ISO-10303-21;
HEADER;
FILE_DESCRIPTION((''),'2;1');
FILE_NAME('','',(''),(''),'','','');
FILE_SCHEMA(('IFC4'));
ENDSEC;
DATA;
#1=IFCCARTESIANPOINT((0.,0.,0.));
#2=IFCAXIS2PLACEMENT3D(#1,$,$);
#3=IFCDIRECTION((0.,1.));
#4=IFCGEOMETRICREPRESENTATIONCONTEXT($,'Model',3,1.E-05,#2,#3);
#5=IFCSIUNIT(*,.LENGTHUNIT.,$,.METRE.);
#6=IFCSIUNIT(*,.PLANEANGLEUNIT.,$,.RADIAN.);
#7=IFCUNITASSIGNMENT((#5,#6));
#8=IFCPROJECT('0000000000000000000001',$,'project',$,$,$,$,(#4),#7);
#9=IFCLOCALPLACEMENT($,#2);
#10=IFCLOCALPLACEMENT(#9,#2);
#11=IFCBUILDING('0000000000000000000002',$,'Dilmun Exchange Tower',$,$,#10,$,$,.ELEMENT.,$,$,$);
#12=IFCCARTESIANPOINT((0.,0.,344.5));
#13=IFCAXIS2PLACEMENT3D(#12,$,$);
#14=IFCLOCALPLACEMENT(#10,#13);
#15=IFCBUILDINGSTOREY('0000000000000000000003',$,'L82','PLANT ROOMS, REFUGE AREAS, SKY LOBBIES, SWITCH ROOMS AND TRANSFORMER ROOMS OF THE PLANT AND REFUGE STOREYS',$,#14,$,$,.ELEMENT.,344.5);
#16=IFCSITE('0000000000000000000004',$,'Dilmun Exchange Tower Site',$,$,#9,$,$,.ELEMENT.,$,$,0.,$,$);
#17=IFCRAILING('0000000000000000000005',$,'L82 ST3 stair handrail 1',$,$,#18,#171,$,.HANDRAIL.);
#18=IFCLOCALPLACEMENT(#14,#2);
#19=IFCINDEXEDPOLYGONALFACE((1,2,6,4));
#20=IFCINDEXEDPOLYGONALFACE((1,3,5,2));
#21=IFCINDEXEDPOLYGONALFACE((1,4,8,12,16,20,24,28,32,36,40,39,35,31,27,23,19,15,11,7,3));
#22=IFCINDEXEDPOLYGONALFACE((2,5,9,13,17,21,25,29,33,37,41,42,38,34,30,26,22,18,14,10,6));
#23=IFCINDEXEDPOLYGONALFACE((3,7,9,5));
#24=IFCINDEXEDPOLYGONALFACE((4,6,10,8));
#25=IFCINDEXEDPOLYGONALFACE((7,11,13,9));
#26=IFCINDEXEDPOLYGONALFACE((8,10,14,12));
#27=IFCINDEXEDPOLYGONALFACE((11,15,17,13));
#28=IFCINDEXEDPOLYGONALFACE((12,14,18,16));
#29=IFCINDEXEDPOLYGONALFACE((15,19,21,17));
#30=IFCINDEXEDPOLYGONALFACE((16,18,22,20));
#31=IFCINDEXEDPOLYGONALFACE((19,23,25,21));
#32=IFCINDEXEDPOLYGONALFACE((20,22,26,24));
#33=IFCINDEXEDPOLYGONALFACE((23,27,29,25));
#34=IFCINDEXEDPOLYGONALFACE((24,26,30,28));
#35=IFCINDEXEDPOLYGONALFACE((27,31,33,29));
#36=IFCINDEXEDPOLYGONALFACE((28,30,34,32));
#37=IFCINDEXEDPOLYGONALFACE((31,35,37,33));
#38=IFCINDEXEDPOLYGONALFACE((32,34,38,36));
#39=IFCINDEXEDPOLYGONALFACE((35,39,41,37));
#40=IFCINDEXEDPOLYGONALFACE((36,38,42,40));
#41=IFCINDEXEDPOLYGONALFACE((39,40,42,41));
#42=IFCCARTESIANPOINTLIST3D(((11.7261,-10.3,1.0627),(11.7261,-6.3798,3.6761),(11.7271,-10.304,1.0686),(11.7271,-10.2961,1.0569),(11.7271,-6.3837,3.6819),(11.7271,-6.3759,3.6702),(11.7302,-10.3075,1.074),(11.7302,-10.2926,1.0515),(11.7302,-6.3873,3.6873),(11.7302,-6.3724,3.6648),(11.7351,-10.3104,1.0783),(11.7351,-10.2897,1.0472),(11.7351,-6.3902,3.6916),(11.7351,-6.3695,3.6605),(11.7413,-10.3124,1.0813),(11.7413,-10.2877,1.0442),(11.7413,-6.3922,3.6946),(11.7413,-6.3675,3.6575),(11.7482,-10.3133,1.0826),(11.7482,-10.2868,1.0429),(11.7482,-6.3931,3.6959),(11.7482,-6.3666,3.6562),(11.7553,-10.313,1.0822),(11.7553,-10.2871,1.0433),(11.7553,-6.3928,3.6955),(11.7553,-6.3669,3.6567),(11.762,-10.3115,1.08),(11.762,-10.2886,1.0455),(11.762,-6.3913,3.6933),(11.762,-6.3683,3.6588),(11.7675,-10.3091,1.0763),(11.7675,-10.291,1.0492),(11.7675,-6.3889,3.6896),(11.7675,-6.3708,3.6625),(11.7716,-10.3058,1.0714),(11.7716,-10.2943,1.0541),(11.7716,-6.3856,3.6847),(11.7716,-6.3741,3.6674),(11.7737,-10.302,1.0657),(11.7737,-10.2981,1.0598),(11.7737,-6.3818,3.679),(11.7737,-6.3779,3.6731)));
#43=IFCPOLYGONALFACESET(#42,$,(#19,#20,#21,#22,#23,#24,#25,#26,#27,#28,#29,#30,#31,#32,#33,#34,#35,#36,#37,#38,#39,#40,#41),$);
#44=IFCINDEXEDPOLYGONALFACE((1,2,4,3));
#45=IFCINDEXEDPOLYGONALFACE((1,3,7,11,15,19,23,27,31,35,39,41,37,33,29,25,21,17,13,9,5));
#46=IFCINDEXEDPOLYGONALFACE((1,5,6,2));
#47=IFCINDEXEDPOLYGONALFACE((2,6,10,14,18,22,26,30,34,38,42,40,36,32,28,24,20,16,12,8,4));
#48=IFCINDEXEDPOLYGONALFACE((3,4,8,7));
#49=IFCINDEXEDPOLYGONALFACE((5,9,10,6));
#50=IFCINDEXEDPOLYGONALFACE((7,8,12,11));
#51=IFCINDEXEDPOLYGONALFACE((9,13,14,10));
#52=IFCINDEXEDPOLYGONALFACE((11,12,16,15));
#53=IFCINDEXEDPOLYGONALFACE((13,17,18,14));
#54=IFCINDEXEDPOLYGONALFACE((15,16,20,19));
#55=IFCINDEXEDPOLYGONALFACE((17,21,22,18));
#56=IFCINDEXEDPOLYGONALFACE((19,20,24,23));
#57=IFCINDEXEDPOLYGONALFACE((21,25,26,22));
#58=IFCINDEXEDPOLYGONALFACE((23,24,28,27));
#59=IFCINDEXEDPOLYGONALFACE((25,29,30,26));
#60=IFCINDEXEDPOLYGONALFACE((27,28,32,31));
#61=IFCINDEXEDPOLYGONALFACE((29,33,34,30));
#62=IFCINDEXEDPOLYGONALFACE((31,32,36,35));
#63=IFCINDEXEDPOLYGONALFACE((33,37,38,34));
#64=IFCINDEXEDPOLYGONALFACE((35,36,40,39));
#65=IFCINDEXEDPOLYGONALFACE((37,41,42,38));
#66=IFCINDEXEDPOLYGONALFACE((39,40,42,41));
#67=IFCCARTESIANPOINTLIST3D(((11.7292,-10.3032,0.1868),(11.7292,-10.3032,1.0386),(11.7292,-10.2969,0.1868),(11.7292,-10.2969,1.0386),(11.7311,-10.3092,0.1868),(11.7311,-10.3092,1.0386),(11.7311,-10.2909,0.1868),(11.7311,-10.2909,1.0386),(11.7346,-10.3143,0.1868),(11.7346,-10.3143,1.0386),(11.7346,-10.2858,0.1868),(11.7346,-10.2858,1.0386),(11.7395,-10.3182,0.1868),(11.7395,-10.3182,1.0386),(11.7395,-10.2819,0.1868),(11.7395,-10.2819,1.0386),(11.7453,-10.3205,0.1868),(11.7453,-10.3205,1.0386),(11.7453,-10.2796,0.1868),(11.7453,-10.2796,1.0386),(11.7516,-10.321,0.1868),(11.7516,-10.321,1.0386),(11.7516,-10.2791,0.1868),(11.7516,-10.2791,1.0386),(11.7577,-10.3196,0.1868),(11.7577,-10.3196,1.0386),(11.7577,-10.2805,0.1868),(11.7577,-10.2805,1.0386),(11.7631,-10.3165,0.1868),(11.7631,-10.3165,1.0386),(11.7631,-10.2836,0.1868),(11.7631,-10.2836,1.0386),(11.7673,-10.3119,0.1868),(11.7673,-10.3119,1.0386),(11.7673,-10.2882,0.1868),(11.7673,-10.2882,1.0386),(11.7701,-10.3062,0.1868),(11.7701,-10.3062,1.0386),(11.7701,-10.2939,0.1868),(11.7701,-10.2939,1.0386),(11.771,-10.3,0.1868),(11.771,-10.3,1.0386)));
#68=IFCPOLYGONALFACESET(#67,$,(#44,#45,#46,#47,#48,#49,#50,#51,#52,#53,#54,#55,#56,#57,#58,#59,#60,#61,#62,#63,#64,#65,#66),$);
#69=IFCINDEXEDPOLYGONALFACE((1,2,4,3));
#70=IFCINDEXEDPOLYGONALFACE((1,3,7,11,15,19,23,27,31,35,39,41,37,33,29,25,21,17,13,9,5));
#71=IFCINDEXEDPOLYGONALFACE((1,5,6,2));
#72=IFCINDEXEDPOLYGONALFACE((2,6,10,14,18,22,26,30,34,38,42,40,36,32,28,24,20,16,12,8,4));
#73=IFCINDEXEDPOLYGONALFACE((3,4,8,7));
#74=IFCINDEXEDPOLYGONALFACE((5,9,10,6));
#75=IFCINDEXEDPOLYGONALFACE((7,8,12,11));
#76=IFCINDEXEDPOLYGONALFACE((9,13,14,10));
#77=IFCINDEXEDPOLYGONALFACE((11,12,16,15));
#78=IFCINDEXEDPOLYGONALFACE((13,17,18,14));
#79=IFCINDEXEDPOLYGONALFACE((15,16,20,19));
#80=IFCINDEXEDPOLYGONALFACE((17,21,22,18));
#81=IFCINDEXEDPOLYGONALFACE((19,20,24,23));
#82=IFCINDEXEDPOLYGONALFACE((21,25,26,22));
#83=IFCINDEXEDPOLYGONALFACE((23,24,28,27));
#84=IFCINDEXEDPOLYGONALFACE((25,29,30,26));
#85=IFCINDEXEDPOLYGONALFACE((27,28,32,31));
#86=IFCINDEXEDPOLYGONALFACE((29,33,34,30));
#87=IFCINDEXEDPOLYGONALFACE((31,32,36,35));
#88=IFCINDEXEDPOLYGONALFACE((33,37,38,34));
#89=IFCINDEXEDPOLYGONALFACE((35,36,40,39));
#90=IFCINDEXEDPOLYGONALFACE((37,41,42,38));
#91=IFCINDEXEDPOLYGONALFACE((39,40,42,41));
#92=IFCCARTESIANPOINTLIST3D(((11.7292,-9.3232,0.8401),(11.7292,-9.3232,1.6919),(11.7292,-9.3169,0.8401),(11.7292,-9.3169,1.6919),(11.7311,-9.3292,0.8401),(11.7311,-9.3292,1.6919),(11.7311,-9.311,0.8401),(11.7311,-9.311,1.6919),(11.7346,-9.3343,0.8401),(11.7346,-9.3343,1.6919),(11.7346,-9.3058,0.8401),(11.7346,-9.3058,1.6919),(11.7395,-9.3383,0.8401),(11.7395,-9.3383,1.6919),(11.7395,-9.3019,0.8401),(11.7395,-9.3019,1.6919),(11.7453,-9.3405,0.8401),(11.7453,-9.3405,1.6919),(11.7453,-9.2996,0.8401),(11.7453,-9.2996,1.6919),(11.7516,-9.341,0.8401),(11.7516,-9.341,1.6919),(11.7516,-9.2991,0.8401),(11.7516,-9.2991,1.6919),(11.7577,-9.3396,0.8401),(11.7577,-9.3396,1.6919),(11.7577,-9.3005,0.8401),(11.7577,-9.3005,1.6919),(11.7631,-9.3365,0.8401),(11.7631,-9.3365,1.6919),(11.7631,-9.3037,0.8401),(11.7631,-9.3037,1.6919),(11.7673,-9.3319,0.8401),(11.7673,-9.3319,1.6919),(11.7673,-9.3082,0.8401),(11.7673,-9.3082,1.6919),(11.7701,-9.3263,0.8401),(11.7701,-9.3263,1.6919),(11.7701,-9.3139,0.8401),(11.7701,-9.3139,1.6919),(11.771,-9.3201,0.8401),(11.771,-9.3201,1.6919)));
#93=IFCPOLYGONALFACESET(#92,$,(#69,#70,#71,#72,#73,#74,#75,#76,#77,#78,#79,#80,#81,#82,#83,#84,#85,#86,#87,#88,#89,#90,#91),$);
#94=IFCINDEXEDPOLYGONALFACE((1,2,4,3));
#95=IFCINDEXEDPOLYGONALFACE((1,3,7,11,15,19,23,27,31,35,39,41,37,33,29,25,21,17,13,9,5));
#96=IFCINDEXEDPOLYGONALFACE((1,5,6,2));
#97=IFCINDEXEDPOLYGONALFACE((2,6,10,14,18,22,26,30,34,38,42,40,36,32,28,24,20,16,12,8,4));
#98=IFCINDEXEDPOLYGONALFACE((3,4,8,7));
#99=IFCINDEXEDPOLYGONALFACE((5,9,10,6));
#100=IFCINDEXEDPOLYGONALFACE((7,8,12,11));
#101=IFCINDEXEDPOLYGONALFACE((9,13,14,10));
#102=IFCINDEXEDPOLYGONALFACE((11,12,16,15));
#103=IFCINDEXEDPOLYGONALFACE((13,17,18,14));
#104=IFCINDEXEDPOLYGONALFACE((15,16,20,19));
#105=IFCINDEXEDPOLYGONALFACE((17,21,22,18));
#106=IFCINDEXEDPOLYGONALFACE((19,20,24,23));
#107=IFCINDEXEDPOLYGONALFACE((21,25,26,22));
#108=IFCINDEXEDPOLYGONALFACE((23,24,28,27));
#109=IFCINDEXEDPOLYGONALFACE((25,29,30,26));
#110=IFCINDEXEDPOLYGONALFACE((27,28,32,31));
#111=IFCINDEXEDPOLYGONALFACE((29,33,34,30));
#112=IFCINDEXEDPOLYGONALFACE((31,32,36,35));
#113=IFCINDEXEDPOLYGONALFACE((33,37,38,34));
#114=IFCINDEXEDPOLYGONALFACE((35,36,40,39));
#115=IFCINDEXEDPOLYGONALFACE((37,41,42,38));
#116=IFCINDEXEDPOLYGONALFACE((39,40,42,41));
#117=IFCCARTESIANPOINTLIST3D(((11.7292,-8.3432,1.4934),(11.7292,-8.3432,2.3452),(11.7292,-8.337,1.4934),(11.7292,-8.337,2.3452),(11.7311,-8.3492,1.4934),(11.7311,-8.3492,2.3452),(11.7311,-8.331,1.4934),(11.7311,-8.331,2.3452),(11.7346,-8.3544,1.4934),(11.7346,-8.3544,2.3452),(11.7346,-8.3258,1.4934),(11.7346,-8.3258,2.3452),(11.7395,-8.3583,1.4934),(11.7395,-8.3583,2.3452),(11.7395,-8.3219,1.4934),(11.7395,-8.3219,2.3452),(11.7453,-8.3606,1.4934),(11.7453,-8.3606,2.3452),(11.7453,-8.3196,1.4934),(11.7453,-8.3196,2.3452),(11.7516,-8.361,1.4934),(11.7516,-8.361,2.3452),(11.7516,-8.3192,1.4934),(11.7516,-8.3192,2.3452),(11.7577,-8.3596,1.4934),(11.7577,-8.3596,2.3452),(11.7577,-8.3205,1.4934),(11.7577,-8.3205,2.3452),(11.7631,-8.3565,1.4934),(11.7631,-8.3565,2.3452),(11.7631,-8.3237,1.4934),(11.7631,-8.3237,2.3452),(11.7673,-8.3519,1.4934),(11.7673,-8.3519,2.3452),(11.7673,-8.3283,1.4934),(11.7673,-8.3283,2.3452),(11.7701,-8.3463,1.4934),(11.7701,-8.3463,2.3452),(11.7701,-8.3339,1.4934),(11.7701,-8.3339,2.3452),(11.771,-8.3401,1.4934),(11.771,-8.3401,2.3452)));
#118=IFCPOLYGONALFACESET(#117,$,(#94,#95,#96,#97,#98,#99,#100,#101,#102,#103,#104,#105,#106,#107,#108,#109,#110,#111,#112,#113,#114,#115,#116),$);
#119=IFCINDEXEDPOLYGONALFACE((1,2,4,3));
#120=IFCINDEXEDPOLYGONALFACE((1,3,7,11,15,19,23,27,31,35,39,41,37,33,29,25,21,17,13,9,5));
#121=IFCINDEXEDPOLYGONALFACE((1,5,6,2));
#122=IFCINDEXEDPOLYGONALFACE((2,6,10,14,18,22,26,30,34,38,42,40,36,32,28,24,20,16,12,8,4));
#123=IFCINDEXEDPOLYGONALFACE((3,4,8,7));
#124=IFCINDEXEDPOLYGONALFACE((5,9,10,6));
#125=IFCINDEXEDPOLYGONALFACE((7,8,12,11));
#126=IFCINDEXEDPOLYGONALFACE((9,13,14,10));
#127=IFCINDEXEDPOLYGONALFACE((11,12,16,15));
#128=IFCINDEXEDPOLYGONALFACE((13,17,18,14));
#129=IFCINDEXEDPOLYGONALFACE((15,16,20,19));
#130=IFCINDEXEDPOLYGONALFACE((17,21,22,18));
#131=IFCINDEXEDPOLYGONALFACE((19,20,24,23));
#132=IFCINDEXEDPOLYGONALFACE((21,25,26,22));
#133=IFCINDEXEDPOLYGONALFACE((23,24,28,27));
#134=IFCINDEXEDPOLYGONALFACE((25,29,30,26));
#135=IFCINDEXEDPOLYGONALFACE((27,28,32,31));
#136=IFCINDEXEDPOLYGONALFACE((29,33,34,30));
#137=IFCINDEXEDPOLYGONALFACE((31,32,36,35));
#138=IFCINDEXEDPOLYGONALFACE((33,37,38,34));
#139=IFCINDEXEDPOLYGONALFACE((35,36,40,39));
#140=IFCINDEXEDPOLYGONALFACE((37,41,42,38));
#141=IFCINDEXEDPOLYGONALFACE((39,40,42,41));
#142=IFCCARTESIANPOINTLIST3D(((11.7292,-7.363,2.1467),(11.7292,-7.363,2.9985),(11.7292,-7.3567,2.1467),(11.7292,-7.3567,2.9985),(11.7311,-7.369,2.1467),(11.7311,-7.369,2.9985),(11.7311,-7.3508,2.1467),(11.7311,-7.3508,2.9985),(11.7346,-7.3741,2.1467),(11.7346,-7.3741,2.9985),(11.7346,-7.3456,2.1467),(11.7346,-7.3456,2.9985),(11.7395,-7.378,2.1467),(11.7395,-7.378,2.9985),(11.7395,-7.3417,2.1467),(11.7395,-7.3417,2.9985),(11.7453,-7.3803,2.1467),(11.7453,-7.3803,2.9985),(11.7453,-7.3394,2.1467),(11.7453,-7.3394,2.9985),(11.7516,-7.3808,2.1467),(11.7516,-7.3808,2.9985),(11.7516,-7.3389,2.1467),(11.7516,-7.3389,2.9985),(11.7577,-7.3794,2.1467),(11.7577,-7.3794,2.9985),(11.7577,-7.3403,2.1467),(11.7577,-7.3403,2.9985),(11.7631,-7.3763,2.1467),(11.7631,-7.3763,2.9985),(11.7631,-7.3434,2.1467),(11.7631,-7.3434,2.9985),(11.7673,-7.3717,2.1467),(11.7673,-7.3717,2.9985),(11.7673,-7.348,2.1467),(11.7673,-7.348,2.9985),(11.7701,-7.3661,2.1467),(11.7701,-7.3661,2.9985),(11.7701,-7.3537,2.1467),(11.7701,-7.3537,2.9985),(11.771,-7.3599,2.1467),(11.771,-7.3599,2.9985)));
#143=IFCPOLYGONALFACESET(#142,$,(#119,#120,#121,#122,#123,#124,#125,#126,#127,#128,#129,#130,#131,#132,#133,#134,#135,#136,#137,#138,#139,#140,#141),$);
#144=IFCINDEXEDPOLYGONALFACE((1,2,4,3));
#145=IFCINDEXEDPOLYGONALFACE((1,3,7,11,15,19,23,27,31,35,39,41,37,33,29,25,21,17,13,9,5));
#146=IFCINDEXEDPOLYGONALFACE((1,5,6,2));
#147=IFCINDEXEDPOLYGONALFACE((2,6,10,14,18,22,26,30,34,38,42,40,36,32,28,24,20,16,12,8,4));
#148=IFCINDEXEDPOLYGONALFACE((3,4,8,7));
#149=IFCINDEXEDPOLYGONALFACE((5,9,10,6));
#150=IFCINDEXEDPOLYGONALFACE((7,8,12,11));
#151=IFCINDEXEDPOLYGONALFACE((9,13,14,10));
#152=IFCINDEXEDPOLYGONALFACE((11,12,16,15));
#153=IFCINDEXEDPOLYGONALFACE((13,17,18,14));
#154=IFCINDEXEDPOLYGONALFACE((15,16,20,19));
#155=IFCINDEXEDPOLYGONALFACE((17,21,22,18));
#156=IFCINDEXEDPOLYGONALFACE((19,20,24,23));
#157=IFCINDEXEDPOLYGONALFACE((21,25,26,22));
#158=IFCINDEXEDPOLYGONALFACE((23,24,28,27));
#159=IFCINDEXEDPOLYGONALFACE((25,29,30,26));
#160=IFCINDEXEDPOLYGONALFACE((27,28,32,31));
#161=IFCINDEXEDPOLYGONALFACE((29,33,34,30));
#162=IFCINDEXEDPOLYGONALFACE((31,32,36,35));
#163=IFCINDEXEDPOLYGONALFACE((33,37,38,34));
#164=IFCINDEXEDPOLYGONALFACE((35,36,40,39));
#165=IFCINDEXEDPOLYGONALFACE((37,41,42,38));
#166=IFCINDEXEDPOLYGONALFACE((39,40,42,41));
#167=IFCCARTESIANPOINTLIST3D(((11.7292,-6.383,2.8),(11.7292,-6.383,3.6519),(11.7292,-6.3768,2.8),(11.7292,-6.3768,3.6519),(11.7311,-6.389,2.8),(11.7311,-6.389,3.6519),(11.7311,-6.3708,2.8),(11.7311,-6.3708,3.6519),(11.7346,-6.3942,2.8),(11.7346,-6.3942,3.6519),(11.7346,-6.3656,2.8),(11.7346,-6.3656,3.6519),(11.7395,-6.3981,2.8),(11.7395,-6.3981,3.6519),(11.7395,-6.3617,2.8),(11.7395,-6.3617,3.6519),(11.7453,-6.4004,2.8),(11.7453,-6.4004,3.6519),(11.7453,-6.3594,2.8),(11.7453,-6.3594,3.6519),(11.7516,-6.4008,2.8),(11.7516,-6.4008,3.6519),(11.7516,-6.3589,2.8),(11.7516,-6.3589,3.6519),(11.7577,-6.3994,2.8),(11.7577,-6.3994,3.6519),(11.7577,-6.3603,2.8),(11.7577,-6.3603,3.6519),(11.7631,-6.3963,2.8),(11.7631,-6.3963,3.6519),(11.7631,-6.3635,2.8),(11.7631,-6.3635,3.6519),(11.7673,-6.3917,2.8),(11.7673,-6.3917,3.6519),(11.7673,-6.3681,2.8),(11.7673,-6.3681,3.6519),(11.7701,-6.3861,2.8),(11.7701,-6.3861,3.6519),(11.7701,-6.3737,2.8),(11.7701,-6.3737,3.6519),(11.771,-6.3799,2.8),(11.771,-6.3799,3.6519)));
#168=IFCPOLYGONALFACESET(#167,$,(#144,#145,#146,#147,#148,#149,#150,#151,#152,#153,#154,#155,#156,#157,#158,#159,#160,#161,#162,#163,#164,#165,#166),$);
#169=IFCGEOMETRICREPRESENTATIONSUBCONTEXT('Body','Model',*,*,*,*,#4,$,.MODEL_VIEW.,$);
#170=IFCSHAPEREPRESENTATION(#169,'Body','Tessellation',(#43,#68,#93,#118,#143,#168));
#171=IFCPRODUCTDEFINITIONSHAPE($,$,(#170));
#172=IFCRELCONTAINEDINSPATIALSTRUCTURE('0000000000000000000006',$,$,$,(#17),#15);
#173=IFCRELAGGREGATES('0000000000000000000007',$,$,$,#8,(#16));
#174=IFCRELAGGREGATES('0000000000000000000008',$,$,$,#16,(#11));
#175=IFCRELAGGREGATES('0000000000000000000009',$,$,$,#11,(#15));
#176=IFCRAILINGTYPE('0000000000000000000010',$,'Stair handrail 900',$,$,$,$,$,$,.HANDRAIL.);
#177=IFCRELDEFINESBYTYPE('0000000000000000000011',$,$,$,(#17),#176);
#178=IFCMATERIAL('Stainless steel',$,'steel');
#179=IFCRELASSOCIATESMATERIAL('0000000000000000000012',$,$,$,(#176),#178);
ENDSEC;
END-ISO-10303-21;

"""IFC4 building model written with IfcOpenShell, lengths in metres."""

from ifc_helpers import new_model, si_unit, direction, frame, origin, origin_2d, place, context, subcontext, project, spatial, circle, extrude, material, type_object, element, save


model = new_model("IFC4")

# Units and contexts
model_context = context("Model", 3, precision=1e-05, world=origin(), true_north=direction((0.0, 1.0)))
body_context = subcontext(model_context, "Body", "Model", "MODEL_VIEW")
ifc_project = project(units=[si_unit("LENGTHUNIT", "METRE"), si_unit("PLANEANGLEUNIT", "RADIAN")], contexts=[model_context])

# Site, building, storey
site_placement = place(None, origin())
site = spatial("IfcSite", under=ifc_project, at=site_placement, Name="Dilmun Exchange Tower Site", CompositionType="ELEMENT", RefElevation=0.0)
building_placement = place(site_placement, origin())
building = spatial("IfcBuilding", under=site, at=building_placement, Name="Dilmun Exchange Tower", CompositionType="ELEMENT")
storey_placement = place(building_placement, frame((0.0, 0.0, 344.5)))
storey = spatial("IfcBuildingStorey", under=building, at=storey_placement, Name="L82", Description="PLANT ROOMS, REFUGE AREAS, SKY LOBBIES, SWITCH ROOMS AND TRANSFORMER ROOMS OF THE PLANT AND REFUGE STOREYS", CompositionType="ELEMENT", Elevation=344.5)

# Railing
ifc_material_1 = material(Name="Stainless steel", Category="steel")
railing_type = type_object("IfcRailingType", Name="Stair handrail 900", PredefinedType="HANDRAIL", material=ifc_material_1)
railing_1_placement = place(storey_placement, frame((11.75, -10.3, 0.1868)))
element("IfcRailing", 1, at=railing_1_placement, inside=storey, type_object=railing_type, Name="L82 ST3 stair handrail 1", PredefinedType="HANDRAIL", context=body_context, shape_type="SweptSolid", body=[
    extrude(circle(Radius=0.0239, at=origin_2d()), frame((0.0, 0.0, 0.876), z_axis=(0.0, 0.832066, 0.554676), x_axis=(-1.0, 0.0, 0.0)), (0.0, 0.0, 1.0), 4.7114),
    extrude(circle(Radius=0.021, at=origin_2d()), origin(), (0.0, 0.0, 1.0), 0.8518),
    extrude(circle(Radius=0.021, at=origin_2d()), frame((0.0, 0.98, 0.6533)), (0.0, 0.0, 1.0), 0.8518),
    extrude(circle(Radius=0.021, at=origin_2d()), frame((0.0, 1.96, 1.3066)), (0.0, 0.0, 1.0), 0.8518),
    extrude(circle(Radius=0.021, at=origin_2d()), frame((0.0, 2.9402, 1.96)), (0.0, 0.0, 1.0), 0.8518),
    extrude(circle(Radius=0.021, at=origin_2d()), frame((0.0, 3.9202, 2.6133)), (0.0, 0.0, 1.0), 0.8518),
])

save(model, "model.ifc")
